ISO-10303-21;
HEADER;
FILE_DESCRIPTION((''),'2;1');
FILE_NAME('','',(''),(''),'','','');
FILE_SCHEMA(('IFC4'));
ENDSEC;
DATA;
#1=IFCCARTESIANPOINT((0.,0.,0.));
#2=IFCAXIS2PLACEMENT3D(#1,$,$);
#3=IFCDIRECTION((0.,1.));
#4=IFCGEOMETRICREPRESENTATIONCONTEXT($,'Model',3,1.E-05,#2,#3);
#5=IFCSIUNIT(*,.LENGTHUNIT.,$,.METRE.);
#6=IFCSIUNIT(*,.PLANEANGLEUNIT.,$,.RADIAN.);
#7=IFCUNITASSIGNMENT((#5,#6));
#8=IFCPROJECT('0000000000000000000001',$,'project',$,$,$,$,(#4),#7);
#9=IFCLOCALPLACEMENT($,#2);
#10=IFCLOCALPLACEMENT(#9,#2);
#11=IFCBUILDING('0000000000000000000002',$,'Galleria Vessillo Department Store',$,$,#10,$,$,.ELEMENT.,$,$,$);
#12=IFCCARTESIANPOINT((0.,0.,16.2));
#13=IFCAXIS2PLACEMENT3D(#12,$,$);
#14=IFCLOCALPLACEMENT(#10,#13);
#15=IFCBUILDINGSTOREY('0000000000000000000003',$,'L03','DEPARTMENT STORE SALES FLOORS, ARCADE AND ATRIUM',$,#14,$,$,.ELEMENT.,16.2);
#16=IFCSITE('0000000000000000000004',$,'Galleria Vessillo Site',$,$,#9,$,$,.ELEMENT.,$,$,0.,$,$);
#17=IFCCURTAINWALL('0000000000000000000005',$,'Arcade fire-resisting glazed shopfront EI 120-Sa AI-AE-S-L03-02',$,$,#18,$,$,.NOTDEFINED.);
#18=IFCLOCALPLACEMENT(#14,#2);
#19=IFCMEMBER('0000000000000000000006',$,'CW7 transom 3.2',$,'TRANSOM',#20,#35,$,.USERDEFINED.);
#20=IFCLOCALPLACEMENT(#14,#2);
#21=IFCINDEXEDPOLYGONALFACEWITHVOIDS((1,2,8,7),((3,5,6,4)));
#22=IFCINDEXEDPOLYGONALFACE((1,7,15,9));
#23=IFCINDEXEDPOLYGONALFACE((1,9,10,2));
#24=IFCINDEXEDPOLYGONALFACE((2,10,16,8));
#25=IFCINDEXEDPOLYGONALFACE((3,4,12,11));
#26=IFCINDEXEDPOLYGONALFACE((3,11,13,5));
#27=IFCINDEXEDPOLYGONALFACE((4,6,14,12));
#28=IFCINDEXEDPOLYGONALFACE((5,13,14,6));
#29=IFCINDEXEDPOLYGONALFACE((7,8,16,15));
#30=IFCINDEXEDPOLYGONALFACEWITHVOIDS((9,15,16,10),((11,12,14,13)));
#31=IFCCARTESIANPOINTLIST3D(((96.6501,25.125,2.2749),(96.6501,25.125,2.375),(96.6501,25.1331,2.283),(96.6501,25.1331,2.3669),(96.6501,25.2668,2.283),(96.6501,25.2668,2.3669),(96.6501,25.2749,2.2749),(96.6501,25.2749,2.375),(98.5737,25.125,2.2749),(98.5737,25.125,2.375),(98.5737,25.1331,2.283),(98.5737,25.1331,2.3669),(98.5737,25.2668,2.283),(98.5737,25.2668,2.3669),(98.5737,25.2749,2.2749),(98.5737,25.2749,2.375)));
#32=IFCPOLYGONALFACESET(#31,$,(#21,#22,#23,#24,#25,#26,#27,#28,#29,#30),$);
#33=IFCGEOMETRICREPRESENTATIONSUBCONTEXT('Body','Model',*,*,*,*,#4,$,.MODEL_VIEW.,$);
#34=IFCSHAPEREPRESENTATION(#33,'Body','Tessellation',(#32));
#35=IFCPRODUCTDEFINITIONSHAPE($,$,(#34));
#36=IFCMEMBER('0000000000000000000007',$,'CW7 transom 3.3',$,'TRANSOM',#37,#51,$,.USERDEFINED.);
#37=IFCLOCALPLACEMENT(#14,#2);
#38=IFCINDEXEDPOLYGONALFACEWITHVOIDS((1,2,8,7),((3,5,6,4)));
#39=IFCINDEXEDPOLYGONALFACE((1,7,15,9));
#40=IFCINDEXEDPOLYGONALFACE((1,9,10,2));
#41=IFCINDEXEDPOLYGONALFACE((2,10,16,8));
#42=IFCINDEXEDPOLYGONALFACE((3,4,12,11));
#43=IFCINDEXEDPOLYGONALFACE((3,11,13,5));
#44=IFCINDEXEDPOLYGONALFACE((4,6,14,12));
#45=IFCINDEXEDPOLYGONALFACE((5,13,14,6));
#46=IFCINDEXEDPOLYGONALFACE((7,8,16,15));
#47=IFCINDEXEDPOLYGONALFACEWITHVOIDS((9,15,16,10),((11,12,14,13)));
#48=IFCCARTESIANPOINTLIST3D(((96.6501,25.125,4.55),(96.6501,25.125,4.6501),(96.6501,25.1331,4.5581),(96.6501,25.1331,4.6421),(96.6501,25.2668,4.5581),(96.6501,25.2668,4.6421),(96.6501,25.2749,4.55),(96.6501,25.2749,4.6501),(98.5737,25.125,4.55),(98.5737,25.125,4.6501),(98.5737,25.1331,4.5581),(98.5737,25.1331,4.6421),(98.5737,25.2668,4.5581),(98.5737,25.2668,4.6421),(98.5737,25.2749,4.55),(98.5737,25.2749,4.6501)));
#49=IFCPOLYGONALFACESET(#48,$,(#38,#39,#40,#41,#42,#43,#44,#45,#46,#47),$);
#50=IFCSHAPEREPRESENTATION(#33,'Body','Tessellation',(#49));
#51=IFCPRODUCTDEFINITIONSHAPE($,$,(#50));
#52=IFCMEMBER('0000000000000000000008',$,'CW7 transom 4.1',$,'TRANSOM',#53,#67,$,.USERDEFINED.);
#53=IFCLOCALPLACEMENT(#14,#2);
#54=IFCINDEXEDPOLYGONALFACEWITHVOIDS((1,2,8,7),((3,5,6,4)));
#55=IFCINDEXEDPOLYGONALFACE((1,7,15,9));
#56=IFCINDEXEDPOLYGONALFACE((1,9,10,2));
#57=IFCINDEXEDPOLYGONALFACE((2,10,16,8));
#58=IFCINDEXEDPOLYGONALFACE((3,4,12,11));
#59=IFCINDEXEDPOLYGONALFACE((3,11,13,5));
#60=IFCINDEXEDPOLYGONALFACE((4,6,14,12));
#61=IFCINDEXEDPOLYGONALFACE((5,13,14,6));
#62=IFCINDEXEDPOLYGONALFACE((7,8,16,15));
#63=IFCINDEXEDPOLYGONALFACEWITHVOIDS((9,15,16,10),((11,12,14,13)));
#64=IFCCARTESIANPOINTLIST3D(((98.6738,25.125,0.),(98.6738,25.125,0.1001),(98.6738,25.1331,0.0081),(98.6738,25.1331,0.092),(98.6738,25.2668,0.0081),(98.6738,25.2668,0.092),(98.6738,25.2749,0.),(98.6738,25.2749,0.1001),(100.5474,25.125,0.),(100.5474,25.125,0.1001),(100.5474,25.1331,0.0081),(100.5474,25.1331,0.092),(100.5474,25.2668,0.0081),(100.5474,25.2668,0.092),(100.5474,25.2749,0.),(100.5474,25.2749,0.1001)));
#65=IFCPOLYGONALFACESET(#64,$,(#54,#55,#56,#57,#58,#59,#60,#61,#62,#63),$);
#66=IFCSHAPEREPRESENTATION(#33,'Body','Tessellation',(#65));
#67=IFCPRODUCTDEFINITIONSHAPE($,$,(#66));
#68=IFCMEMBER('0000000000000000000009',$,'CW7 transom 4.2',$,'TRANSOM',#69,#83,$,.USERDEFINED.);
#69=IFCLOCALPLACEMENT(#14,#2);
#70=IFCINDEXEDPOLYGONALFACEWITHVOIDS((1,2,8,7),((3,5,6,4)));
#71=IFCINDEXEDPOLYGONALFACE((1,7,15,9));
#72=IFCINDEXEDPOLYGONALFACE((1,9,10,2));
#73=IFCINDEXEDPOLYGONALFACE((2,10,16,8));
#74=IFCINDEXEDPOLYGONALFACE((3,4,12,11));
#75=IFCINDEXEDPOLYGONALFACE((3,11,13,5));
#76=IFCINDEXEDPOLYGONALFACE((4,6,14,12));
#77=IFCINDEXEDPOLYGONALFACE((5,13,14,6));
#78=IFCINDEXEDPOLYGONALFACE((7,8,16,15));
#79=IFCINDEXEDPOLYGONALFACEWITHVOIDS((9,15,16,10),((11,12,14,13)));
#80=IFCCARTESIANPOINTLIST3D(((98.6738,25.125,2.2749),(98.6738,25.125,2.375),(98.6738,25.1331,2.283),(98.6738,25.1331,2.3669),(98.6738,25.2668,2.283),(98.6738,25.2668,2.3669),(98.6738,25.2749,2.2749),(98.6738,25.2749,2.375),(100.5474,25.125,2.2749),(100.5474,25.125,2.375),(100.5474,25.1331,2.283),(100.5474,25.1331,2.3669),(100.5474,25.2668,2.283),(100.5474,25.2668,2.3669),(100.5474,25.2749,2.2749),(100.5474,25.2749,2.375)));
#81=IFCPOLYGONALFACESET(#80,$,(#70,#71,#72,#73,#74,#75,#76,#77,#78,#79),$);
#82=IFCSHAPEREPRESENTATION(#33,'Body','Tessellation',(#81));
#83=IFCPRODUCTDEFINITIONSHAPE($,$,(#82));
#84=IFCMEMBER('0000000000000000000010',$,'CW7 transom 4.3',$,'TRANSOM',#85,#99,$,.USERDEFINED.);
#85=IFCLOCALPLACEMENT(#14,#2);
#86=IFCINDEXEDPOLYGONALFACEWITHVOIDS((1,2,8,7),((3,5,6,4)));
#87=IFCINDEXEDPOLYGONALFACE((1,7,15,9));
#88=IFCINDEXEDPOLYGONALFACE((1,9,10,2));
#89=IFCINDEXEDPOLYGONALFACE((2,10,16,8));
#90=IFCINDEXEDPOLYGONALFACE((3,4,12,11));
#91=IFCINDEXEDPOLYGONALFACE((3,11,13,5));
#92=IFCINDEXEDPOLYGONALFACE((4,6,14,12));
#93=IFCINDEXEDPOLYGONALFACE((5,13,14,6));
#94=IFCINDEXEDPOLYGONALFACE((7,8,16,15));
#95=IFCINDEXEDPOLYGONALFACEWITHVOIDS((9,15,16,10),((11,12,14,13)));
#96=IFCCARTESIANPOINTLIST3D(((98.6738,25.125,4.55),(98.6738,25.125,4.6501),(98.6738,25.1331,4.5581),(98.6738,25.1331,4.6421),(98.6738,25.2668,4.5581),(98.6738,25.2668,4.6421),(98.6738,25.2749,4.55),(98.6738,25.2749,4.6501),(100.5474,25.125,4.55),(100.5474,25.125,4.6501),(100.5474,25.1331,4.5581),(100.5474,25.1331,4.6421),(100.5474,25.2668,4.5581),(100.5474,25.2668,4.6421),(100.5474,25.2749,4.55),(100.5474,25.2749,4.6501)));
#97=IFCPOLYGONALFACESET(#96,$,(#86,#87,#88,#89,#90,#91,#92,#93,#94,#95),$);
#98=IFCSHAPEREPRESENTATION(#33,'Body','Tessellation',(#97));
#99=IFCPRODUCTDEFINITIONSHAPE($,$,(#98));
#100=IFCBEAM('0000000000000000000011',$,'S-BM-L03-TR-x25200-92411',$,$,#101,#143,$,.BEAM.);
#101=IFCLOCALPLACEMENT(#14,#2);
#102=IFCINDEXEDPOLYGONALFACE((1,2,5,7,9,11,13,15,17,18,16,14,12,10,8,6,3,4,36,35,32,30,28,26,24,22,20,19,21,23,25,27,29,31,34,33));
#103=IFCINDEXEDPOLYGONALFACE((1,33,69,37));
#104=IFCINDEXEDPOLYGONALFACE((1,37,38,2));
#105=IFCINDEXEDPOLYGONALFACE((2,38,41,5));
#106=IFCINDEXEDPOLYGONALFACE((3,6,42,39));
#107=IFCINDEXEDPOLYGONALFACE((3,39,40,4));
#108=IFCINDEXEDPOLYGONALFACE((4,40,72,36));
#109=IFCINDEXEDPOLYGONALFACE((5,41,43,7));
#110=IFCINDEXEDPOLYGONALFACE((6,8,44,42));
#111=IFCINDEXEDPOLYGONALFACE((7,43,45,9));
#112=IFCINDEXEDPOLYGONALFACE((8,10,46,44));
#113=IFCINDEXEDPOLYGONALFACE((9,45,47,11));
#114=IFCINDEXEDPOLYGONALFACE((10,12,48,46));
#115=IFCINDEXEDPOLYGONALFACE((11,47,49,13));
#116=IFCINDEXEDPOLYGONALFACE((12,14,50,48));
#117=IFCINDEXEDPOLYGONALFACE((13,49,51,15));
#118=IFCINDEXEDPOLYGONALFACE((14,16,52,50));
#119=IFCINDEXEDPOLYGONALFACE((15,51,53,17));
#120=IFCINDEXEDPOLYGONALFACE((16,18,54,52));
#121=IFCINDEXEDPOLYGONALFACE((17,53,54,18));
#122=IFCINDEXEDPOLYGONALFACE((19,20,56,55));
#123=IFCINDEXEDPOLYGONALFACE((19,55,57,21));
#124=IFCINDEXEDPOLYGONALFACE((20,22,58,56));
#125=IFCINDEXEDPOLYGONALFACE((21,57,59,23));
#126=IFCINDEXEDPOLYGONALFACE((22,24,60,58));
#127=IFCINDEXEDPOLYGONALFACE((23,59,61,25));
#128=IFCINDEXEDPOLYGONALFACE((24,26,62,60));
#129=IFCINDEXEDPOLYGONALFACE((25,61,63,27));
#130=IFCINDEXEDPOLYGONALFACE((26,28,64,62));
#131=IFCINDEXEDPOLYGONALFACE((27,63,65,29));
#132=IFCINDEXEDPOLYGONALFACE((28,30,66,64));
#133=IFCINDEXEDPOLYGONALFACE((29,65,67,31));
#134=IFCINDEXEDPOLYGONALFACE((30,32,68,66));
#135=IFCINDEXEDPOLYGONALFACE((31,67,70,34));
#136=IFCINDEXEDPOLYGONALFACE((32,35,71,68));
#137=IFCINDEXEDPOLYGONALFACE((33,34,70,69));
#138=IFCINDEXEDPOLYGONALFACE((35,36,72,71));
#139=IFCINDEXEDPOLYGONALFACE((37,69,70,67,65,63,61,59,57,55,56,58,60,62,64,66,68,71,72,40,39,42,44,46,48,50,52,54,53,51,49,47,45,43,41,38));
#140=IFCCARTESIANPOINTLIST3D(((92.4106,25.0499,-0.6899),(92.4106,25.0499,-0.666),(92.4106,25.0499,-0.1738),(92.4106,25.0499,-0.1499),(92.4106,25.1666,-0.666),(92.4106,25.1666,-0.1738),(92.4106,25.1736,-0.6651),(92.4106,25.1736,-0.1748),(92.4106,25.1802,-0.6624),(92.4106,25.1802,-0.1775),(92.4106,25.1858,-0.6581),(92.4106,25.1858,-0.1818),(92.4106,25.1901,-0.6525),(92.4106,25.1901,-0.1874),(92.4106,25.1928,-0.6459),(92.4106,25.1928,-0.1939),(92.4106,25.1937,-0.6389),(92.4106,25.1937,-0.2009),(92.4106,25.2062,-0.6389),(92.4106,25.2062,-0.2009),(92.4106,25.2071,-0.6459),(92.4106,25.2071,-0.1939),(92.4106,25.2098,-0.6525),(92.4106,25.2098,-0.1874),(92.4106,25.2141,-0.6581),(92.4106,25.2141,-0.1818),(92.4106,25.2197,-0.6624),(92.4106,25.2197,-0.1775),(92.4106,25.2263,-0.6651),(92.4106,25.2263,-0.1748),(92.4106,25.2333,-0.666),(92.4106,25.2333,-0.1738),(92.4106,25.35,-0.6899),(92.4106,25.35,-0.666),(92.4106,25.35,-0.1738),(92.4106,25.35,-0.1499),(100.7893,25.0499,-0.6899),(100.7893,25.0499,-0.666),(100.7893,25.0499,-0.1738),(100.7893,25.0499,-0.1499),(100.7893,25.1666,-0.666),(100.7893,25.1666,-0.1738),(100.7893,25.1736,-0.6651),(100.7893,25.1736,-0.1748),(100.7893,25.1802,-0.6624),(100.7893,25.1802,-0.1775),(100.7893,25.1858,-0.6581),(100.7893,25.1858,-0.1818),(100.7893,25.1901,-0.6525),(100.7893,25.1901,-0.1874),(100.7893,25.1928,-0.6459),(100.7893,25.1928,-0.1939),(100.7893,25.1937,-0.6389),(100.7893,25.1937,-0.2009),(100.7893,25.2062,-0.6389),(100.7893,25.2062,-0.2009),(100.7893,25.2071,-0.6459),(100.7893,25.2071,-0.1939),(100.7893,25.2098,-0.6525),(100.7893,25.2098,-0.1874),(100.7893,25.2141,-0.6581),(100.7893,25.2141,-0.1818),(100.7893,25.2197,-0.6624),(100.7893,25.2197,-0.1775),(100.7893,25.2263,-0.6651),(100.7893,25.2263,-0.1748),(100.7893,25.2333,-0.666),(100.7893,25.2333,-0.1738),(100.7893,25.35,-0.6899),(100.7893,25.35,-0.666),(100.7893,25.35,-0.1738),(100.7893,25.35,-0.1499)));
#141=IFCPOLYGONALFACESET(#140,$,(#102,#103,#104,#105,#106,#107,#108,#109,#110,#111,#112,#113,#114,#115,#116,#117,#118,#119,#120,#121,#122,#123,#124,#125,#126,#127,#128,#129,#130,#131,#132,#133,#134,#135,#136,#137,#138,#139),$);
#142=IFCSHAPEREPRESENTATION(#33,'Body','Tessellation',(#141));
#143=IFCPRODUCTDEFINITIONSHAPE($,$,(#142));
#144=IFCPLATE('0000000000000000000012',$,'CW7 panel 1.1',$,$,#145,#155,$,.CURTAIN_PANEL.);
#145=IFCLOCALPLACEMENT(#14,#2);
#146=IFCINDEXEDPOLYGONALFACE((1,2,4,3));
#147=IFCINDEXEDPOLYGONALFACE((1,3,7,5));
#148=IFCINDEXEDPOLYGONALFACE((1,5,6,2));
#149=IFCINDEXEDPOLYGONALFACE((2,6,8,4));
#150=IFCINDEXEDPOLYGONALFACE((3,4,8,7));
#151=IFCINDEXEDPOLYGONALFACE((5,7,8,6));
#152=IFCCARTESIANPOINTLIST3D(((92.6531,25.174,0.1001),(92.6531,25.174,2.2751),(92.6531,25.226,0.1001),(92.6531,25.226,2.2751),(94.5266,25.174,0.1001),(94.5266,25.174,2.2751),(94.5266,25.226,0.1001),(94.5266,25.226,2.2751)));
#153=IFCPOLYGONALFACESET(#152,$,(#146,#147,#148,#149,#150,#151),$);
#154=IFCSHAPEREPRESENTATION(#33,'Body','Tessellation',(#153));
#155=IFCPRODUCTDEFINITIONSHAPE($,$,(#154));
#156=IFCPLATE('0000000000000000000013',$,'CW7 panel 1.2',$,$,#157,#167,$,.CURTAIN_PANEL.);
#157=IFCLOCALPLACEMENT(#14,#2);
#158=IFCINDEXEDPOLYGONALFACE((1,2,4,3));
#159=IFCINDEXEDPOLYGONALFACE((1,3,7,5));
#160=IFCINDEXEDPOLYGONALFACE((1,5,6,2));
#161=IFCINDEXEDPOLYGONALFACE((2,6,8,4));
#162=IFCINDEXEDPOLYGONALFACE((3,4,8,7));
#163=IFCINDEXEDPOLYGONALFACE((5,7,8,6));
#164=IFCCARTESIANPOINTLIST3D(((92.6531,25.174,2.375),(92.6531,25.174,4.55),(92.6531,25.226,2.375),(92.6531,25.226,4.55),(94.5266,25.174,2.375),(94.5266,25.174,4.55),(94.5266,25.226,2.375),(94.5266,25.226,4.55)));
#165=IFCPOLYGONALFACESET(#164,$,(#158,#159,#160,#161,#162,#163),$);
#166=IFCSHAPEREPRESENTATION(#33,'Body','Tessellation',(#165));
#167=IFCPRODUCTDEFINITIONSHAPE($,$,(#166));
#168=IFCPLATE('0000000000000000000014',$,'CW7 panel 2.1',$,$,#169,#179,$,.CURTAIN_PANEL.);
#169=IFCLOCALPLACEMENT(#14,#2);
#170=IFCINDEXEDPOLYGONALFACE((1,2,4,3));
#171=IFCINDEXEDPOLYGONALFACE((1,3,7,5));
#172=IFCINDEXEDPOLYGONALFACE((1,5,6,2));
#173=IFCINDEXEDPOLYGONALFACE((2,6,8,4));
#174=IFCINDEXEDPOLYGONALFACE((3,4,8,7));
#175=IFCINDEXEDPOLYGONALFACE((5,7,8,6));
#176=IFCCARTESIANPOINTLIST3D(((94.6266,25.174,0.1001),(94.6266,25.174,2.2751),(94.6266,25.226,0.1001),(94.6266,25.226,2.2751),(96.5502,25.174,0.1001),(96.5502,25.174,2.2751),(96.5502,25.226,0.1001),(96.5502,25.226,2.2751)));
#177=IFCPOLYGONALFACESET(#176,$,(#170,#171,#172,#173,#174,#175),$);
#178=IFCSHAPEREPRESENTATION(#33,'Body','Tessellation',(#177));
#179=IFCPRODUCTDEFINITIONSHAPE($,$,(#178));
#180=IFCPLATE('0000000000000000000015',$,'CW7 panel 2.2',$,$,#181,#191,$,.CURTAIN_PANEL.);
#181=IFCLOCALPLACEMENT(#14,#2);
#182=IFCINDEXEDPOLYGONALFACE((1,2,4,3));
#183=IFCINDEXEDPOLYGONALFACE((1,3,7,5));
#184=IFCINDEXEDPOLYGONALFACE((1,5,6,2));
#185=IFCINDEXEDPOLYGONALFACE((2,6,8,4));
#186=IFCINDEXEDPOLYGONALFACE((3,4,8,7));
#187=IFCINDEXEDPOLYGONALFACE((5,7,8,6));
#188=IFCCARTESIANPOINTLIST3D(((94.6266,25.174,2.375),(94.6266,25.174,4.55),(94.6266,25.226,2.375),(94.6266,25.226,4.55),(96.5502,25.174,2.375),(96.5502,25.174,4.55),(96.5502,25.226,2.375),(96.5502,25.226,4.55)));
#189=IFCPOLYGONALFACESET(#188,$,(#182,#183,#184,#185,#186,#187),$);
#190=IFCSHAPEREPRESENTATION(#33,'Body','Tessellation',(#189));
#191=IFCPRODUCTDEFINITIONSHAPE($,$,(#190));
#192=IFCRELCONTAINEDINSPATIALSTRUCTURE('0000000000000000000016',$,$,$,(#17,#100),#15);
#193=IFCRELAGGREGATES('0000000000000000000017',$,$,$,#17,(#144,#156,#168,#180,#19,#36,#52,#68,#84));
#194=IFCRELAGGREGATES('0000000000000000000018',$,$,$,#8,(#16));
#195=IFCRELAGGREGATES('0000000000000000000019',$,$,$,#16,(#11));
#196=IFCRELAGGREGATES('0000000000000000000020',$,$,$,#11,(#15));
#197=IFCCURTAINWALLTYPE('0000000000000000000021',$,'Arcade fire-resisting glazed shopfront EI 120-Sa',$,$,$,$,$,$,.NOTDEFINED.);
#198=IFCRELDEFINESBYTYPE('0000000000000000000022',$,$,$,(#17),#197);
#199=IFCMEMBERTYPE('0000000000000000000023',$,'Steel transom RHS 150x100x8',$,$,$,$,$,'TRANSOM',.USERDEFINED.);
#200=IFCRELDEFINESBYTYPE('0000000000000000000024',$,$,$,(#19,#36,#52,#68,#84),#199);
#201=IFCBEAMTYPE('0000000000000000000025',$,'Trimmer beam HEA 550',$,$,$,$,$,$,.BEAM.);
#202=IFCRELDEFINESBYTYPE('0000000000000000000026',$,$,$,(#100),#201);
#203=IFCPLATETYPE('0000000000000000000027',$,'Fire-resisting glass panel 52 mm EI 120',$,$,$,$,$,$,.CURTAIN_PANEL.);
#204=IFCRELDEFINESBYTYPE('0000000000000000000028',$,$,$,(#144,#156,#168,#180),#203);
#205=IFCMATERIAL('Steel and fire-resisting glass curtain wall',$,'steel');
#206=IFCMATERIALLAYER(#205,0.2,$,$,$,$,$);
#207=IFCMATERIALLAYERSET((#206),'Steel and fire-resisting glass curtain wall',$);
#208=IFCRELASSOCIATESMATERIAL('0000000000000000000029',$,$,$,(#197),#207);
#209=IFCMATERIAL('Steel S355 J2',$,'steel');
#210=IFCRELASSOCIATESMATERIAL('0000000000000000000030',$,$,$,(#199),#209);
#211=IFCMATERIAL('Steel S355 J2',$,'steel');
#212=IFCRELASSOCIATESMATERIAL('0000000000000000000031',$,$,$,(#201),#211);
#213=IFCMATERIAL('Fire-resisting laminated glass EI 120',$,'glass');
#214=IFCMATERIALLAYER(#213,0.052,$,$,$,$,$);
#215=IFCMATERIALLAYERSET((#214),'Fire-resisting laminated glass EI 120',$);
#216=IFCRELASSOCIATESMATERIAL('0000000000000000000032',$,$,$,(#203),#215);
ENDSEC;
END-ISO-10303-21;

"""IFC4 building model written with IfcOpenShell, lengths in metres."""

from ifc_helpers import new_model, si_unit, direction, frame, origin, origin_2d, place, context, subcontext, project, spatial, rectangle, hollow_rectangle, i_section, extrude, material, layer, layer_set, material_profile, profile_set, type_object, element, aggregate, save


model = new_model("IFC4")

# Units and contexts
model_context = context("Model", 3, precision=1e-05, world=origin(), true_north=direction((0.0, 1.0)))
body_context = subcontext(model_context, "Body", "Model", "MODEL_VIEW")
ifc_project = project(units=[si_unit("LENGTHUNIT", "METRE"), si_unit("PLANEANGLEUNIT", "RADIAN")], contexts=[model_context])

# Site, building, storey
site_placement = place(None, origin())
site = spatial("IfcSite", under=ifc_project, at=site_placement, Name="Galleria Vessillo Site", CompositionType="ELEMENT", RefElevation=0.0)
building_placement = place(site_placement, origin())
building = spatial("IfcBuilding", under=site, at=building_placement, Name="Galleria Vessillo Department Store", CompositionType="ELEMENT")
storey_placement = place(building_placement, frame((0.0, 0.0, 16.2)))
storey = spatial("IfcBuildingStorey", under=building, at=storey_placement, Name="L03", Description="DEPARTMENT STORE SALES FLOORS, ARCADE AND ATRIUM", CompositionType="ELEMENT", Elevation=16.2)

# Curtain wall, members
ifc_material_1 = material(Name="Steel and fire-resisting glass curtain wall", Category="steel")
ifc_layer_1 = layer(ifc_material_1, 0.2)
ifc_layer_set_1 = layer_set([ifc_layer_1], Name="Steel and fire-resisting glass curtain wall")
curtain_wall_type = type_object("IfcCurtainWallType", Name="Arcade fire-resisting glazed shopfront EI 120-Sa", PredefinedType="NOTDEFINED", material=ifc_layer_set_1)
curtain_wall_placement = place(storey_placement, origin())
curtain_wall = element("IfcCurtainWall", 1, at=curtain_wall_placement, inside=storey, type_object=curtain_wall_type, Name="Arcade fire-resisting glazed shopfront EI 120-Sa AI-AE-S-L03-02", PredefinedType="NOTDEFINED")
ifc_material_2 = material(Name="Steel S355 J2", Category="steel")
ifc_material_profile_1 = material_profile(ifc_material_2, hollow_rectangle(XDim=0.1499, YDim=0.1001, WallThickness=0.0081, at=origin_2d()), Name="RHS 150x100x8")
ifc_profile_set_1 = profile_set([ifc_material_profile_1], Name="Steel S355 J2")
member_type_1 = type_object("IfcMemberType", Name="Steel transom RHS 150x100x8", ElementType="TRANSOM", PredefinedType="USERDEFINED", material=ifc_profile_set_1)
member_1_placement = place(storey_placement, frame((96.6501, 25.2, 2.325), z_axis=(1.0, 0.0, 0.0), x_axis=(0.0, 1.0, 0.0)))
member_1 = element("IfcMember", 2, at=member_1_placement, type_object=member_type_1, Name="CW7 transom 3.2", ObjectType="TRANSOM", PredefinedType="USERDEFINED", context=body_context, shape_type="SweptSolid", body=[
    extrude(hollow_rectangle(XDim=0.1499, YDim=0.1001, WallThickness=0.0081, at=origin_2d()), origin(), (0.0, 0.0, 1.0), 1.9236),
])
member_2_placement = place(storey_placement, frame((96.6501, 25.2, 4.6001), z_axis=(1.0, 0.0, 0.0), x_axis=(0.0, 1.0, 0.0)))
member_2 = element("IfcMember", 3, at=member_2_placement, type_object=member_type_1, Name="CW7 transom 3.3", ObjectType="TRANSOM", PredefinedType="USERDEFINED", context=body_context, shape_type="SweptSolid", body=[
    extrude(hollow_rectangle(XDim=0.1499, YDim=0.1001, WallThickness=0.0081, at=origin_2d()), origin(), (0.0, 0.0, 1.0), 1.9236),
])
member_3_placement = place(storey_placement, frame((98.6738, 25.2, 0.05), z_axis=(1.0, 0.0, 0.0), x_axis=(0.0, 1.0, 0.0)))
member_3 = element("IfcMember", 4, at=member_3_placement, type_object=member_type_1, Name="CW7 transom 4.1", ObjectType="TRANSOM", PredefinedType="USERDEFINED", context=body_context, shape_type="SweptSolid", body=[
    extrude(hollow_rectangle(XDim=0.1499, YDim=0.1001, WallThickness=0.0081, at=origin_2d()), origin(), (0.0, 0.0, 1.0), 1.8735),
])
member_4_placement = place(storey_placement, frame((98.6738, 25.2, 2.325), z_axis=(1.0, 0.0, 0.0), x_axis=(0.0, 1.0, 0.0)))
member_4 = element("IfcMember", 5, at=member_4_placement, type_object=member_type_1, Name="CW7 transom 4.2", ObjectType="TRANSOM", PredefinedType="USERDEFINED", context=body_context, shape_type="SweptSolid", body=[
    extrude(hollow_rectangle(XDim=0.1499, YDim=0.1001, WallThickness=0.0081, at=origin_2d()), origin(), (0.0, 0.0, 1.0), 1.8735),
])
member_5_placement = place(storey_placement, frame((98.6738, 25.2, 4.6001), z_axis=(1.0, 0.0, 0.0), x_axis=(0.0, 1.0, 0.0)))
member_5 = element("IfcMember", 6, at=member_5_placement, type_object=member_type_1, Name="CW7 transom 4.3", ObjectType="TRANSOM", PredefinedType="USERDEFINED", context=body_context, shape_type="SweptSolid", body=[
    extrude(hollow_rectangle(XDim=0.1499, YDim=0.1001, WallThickness=0.0081, at=origin_2d()), origin(), (0.0, 0.0, 1.0), 1.8735),
])

# Beam
ifc_material_3 = material(Name="Steel S355 J2", Category="steel")
ifc_material_profile_2 = material_profile(ifc_material_3, i_section(OverallWidth=0.3, OverallDepth=0.54, WebThickness=0.0125, FlangeThickness=0.0239, FilletRadius=0.0271, at=origin_2d()), Name="HEA 550")
ifc_profile_set_2 = profile_set([ifc_material_profile_2], Name="Steel S355 J2")
beam_type_1 = type_object("IfcBeamType", Name="Trimmer beam HEA 550", PredefinedType="BEAM", material=ifc_profile_set_2)
beam_1_placement = place(storey_placement, frame((92.4106, 25.2, -0.4199), z_axis=(1.0, 0.0, 0.0), x_axis=(0.0, 1.0, 0.0)))
element("IfcBeam", 7, at=beam_1_placement, inside=storey, type_object=beam_type_1, Name="S-BM-L03-TR-x25200-92411", PredefinedType="BEAM", context=body_context, shape_type="SweptSolid", body=[
    extrude(i_section(OverallWidth=0.3, OverallDepth=0.54, WebThickness=0.0125, FlangeThickness=0.0239, FilletRadius=0.0271, at=origin_2d()), origin(), (0.0, 0.0, 1.0), 8.3787),
])

# Plates
ifc_material_4 = material(Name="Fire-resisting laminated glass EI 120", Category="glass")
ifc_layer_2 = layer(ifc_material_4, 0.052)
ifc_layer_set_2 = layer_set([ifc_layer_2], Name="Fire-resisting laminated glass EI 120")
plate_type = type_object("IfcPlateType", Name="Fire-resisting glass panel 52 mm EI 120", PredefinedType="CURTAIN_PANEL", material=ifc_layer_set_2)
plate_1_placement = place(storey_placement, frame((93.5898, 25.2, 0.1001), z_axis=(0.0, 0.0, 1.0), x_axis=(1.0, 0.0, 0.0)))
plate_1 = element("IfcPlate", 8, at=plate_1_placement, type_object=plate_type, Name="CW7 panel 1.1", PredefinedType="CURTAIN_PANEL", context=body_context, shape_type="SweptSolid", body=[
    extrude(rectangle(XDim=1.8735, YDim=0.052, at=origin_2d()), origin(), (0.0, 0.0, 1.0), 2.175),
])
plate_2_placement = place(storey_placement, frame((93.5898, 25.2, 2.375), z_axis=(0.0, 0.0, 1.0), x_axis=(1.0, 0.0, 0.0)))
plate_2 = element("IfcPlate", 9, at=plate_2_placement, type_object=plate_type, Name="CW7 panel 1.2", PredefinedType="CURTAIN_PANEL", context=body_context, shape_type="SweptSolid", body=[
    extrude(rectangle(XDim=1.8735, YDim=0.052, at=origin_2d()), origin(), (0.0, 0.0, 1.0), 2.175),
])
plate_3_placement = place(storey_placement, frame((95.5884, 25.2, 0.1001), z_axis=(0.0, 0.0, 1.0), x_axis=(1.0, 0.0, 0.0)))
plate_3 = element("IfcPlate", 10, at=plate_3_placement, type_object=plate_type, Name="CW7 panel 2.1", PredefinedType="CURTAIN_PANEL", context=body_context, shape_type="SweptSolid", body=[
    extrude(rectangle(XDim=1.9236, YDim=0.052, at=origin_2d()), origin(), (0.0, 0.0, 1.0), 2.175),
])
plate_4_placement = place(storey_placement, frame((95.5884, 25.2, 2.375), z_axis=(0.0, 0.0, 1.0), x_axis=(1.0, 0.0, 0.0)))
plate_4 = element("IfcPlate", 11, at=plate_4_placement, type_object=plate_type, Name="CW7 panel 2.2", PredefinedType="CURTAIN_PANEL", context=body_context, shape_type="SweptSolid", body=[
    extrude(rectangle(XDim=1.9236, YDim=0.052, at=origin_2d()), origin(), (0.0, 0.0, 1.0), 2.175),
])
aggregate(curtain_wall, [plate_1, plate_2, plate_3, plate_4, member_1, member_2, member_3, member_4, member_5])

save(model, "model.ifc")
